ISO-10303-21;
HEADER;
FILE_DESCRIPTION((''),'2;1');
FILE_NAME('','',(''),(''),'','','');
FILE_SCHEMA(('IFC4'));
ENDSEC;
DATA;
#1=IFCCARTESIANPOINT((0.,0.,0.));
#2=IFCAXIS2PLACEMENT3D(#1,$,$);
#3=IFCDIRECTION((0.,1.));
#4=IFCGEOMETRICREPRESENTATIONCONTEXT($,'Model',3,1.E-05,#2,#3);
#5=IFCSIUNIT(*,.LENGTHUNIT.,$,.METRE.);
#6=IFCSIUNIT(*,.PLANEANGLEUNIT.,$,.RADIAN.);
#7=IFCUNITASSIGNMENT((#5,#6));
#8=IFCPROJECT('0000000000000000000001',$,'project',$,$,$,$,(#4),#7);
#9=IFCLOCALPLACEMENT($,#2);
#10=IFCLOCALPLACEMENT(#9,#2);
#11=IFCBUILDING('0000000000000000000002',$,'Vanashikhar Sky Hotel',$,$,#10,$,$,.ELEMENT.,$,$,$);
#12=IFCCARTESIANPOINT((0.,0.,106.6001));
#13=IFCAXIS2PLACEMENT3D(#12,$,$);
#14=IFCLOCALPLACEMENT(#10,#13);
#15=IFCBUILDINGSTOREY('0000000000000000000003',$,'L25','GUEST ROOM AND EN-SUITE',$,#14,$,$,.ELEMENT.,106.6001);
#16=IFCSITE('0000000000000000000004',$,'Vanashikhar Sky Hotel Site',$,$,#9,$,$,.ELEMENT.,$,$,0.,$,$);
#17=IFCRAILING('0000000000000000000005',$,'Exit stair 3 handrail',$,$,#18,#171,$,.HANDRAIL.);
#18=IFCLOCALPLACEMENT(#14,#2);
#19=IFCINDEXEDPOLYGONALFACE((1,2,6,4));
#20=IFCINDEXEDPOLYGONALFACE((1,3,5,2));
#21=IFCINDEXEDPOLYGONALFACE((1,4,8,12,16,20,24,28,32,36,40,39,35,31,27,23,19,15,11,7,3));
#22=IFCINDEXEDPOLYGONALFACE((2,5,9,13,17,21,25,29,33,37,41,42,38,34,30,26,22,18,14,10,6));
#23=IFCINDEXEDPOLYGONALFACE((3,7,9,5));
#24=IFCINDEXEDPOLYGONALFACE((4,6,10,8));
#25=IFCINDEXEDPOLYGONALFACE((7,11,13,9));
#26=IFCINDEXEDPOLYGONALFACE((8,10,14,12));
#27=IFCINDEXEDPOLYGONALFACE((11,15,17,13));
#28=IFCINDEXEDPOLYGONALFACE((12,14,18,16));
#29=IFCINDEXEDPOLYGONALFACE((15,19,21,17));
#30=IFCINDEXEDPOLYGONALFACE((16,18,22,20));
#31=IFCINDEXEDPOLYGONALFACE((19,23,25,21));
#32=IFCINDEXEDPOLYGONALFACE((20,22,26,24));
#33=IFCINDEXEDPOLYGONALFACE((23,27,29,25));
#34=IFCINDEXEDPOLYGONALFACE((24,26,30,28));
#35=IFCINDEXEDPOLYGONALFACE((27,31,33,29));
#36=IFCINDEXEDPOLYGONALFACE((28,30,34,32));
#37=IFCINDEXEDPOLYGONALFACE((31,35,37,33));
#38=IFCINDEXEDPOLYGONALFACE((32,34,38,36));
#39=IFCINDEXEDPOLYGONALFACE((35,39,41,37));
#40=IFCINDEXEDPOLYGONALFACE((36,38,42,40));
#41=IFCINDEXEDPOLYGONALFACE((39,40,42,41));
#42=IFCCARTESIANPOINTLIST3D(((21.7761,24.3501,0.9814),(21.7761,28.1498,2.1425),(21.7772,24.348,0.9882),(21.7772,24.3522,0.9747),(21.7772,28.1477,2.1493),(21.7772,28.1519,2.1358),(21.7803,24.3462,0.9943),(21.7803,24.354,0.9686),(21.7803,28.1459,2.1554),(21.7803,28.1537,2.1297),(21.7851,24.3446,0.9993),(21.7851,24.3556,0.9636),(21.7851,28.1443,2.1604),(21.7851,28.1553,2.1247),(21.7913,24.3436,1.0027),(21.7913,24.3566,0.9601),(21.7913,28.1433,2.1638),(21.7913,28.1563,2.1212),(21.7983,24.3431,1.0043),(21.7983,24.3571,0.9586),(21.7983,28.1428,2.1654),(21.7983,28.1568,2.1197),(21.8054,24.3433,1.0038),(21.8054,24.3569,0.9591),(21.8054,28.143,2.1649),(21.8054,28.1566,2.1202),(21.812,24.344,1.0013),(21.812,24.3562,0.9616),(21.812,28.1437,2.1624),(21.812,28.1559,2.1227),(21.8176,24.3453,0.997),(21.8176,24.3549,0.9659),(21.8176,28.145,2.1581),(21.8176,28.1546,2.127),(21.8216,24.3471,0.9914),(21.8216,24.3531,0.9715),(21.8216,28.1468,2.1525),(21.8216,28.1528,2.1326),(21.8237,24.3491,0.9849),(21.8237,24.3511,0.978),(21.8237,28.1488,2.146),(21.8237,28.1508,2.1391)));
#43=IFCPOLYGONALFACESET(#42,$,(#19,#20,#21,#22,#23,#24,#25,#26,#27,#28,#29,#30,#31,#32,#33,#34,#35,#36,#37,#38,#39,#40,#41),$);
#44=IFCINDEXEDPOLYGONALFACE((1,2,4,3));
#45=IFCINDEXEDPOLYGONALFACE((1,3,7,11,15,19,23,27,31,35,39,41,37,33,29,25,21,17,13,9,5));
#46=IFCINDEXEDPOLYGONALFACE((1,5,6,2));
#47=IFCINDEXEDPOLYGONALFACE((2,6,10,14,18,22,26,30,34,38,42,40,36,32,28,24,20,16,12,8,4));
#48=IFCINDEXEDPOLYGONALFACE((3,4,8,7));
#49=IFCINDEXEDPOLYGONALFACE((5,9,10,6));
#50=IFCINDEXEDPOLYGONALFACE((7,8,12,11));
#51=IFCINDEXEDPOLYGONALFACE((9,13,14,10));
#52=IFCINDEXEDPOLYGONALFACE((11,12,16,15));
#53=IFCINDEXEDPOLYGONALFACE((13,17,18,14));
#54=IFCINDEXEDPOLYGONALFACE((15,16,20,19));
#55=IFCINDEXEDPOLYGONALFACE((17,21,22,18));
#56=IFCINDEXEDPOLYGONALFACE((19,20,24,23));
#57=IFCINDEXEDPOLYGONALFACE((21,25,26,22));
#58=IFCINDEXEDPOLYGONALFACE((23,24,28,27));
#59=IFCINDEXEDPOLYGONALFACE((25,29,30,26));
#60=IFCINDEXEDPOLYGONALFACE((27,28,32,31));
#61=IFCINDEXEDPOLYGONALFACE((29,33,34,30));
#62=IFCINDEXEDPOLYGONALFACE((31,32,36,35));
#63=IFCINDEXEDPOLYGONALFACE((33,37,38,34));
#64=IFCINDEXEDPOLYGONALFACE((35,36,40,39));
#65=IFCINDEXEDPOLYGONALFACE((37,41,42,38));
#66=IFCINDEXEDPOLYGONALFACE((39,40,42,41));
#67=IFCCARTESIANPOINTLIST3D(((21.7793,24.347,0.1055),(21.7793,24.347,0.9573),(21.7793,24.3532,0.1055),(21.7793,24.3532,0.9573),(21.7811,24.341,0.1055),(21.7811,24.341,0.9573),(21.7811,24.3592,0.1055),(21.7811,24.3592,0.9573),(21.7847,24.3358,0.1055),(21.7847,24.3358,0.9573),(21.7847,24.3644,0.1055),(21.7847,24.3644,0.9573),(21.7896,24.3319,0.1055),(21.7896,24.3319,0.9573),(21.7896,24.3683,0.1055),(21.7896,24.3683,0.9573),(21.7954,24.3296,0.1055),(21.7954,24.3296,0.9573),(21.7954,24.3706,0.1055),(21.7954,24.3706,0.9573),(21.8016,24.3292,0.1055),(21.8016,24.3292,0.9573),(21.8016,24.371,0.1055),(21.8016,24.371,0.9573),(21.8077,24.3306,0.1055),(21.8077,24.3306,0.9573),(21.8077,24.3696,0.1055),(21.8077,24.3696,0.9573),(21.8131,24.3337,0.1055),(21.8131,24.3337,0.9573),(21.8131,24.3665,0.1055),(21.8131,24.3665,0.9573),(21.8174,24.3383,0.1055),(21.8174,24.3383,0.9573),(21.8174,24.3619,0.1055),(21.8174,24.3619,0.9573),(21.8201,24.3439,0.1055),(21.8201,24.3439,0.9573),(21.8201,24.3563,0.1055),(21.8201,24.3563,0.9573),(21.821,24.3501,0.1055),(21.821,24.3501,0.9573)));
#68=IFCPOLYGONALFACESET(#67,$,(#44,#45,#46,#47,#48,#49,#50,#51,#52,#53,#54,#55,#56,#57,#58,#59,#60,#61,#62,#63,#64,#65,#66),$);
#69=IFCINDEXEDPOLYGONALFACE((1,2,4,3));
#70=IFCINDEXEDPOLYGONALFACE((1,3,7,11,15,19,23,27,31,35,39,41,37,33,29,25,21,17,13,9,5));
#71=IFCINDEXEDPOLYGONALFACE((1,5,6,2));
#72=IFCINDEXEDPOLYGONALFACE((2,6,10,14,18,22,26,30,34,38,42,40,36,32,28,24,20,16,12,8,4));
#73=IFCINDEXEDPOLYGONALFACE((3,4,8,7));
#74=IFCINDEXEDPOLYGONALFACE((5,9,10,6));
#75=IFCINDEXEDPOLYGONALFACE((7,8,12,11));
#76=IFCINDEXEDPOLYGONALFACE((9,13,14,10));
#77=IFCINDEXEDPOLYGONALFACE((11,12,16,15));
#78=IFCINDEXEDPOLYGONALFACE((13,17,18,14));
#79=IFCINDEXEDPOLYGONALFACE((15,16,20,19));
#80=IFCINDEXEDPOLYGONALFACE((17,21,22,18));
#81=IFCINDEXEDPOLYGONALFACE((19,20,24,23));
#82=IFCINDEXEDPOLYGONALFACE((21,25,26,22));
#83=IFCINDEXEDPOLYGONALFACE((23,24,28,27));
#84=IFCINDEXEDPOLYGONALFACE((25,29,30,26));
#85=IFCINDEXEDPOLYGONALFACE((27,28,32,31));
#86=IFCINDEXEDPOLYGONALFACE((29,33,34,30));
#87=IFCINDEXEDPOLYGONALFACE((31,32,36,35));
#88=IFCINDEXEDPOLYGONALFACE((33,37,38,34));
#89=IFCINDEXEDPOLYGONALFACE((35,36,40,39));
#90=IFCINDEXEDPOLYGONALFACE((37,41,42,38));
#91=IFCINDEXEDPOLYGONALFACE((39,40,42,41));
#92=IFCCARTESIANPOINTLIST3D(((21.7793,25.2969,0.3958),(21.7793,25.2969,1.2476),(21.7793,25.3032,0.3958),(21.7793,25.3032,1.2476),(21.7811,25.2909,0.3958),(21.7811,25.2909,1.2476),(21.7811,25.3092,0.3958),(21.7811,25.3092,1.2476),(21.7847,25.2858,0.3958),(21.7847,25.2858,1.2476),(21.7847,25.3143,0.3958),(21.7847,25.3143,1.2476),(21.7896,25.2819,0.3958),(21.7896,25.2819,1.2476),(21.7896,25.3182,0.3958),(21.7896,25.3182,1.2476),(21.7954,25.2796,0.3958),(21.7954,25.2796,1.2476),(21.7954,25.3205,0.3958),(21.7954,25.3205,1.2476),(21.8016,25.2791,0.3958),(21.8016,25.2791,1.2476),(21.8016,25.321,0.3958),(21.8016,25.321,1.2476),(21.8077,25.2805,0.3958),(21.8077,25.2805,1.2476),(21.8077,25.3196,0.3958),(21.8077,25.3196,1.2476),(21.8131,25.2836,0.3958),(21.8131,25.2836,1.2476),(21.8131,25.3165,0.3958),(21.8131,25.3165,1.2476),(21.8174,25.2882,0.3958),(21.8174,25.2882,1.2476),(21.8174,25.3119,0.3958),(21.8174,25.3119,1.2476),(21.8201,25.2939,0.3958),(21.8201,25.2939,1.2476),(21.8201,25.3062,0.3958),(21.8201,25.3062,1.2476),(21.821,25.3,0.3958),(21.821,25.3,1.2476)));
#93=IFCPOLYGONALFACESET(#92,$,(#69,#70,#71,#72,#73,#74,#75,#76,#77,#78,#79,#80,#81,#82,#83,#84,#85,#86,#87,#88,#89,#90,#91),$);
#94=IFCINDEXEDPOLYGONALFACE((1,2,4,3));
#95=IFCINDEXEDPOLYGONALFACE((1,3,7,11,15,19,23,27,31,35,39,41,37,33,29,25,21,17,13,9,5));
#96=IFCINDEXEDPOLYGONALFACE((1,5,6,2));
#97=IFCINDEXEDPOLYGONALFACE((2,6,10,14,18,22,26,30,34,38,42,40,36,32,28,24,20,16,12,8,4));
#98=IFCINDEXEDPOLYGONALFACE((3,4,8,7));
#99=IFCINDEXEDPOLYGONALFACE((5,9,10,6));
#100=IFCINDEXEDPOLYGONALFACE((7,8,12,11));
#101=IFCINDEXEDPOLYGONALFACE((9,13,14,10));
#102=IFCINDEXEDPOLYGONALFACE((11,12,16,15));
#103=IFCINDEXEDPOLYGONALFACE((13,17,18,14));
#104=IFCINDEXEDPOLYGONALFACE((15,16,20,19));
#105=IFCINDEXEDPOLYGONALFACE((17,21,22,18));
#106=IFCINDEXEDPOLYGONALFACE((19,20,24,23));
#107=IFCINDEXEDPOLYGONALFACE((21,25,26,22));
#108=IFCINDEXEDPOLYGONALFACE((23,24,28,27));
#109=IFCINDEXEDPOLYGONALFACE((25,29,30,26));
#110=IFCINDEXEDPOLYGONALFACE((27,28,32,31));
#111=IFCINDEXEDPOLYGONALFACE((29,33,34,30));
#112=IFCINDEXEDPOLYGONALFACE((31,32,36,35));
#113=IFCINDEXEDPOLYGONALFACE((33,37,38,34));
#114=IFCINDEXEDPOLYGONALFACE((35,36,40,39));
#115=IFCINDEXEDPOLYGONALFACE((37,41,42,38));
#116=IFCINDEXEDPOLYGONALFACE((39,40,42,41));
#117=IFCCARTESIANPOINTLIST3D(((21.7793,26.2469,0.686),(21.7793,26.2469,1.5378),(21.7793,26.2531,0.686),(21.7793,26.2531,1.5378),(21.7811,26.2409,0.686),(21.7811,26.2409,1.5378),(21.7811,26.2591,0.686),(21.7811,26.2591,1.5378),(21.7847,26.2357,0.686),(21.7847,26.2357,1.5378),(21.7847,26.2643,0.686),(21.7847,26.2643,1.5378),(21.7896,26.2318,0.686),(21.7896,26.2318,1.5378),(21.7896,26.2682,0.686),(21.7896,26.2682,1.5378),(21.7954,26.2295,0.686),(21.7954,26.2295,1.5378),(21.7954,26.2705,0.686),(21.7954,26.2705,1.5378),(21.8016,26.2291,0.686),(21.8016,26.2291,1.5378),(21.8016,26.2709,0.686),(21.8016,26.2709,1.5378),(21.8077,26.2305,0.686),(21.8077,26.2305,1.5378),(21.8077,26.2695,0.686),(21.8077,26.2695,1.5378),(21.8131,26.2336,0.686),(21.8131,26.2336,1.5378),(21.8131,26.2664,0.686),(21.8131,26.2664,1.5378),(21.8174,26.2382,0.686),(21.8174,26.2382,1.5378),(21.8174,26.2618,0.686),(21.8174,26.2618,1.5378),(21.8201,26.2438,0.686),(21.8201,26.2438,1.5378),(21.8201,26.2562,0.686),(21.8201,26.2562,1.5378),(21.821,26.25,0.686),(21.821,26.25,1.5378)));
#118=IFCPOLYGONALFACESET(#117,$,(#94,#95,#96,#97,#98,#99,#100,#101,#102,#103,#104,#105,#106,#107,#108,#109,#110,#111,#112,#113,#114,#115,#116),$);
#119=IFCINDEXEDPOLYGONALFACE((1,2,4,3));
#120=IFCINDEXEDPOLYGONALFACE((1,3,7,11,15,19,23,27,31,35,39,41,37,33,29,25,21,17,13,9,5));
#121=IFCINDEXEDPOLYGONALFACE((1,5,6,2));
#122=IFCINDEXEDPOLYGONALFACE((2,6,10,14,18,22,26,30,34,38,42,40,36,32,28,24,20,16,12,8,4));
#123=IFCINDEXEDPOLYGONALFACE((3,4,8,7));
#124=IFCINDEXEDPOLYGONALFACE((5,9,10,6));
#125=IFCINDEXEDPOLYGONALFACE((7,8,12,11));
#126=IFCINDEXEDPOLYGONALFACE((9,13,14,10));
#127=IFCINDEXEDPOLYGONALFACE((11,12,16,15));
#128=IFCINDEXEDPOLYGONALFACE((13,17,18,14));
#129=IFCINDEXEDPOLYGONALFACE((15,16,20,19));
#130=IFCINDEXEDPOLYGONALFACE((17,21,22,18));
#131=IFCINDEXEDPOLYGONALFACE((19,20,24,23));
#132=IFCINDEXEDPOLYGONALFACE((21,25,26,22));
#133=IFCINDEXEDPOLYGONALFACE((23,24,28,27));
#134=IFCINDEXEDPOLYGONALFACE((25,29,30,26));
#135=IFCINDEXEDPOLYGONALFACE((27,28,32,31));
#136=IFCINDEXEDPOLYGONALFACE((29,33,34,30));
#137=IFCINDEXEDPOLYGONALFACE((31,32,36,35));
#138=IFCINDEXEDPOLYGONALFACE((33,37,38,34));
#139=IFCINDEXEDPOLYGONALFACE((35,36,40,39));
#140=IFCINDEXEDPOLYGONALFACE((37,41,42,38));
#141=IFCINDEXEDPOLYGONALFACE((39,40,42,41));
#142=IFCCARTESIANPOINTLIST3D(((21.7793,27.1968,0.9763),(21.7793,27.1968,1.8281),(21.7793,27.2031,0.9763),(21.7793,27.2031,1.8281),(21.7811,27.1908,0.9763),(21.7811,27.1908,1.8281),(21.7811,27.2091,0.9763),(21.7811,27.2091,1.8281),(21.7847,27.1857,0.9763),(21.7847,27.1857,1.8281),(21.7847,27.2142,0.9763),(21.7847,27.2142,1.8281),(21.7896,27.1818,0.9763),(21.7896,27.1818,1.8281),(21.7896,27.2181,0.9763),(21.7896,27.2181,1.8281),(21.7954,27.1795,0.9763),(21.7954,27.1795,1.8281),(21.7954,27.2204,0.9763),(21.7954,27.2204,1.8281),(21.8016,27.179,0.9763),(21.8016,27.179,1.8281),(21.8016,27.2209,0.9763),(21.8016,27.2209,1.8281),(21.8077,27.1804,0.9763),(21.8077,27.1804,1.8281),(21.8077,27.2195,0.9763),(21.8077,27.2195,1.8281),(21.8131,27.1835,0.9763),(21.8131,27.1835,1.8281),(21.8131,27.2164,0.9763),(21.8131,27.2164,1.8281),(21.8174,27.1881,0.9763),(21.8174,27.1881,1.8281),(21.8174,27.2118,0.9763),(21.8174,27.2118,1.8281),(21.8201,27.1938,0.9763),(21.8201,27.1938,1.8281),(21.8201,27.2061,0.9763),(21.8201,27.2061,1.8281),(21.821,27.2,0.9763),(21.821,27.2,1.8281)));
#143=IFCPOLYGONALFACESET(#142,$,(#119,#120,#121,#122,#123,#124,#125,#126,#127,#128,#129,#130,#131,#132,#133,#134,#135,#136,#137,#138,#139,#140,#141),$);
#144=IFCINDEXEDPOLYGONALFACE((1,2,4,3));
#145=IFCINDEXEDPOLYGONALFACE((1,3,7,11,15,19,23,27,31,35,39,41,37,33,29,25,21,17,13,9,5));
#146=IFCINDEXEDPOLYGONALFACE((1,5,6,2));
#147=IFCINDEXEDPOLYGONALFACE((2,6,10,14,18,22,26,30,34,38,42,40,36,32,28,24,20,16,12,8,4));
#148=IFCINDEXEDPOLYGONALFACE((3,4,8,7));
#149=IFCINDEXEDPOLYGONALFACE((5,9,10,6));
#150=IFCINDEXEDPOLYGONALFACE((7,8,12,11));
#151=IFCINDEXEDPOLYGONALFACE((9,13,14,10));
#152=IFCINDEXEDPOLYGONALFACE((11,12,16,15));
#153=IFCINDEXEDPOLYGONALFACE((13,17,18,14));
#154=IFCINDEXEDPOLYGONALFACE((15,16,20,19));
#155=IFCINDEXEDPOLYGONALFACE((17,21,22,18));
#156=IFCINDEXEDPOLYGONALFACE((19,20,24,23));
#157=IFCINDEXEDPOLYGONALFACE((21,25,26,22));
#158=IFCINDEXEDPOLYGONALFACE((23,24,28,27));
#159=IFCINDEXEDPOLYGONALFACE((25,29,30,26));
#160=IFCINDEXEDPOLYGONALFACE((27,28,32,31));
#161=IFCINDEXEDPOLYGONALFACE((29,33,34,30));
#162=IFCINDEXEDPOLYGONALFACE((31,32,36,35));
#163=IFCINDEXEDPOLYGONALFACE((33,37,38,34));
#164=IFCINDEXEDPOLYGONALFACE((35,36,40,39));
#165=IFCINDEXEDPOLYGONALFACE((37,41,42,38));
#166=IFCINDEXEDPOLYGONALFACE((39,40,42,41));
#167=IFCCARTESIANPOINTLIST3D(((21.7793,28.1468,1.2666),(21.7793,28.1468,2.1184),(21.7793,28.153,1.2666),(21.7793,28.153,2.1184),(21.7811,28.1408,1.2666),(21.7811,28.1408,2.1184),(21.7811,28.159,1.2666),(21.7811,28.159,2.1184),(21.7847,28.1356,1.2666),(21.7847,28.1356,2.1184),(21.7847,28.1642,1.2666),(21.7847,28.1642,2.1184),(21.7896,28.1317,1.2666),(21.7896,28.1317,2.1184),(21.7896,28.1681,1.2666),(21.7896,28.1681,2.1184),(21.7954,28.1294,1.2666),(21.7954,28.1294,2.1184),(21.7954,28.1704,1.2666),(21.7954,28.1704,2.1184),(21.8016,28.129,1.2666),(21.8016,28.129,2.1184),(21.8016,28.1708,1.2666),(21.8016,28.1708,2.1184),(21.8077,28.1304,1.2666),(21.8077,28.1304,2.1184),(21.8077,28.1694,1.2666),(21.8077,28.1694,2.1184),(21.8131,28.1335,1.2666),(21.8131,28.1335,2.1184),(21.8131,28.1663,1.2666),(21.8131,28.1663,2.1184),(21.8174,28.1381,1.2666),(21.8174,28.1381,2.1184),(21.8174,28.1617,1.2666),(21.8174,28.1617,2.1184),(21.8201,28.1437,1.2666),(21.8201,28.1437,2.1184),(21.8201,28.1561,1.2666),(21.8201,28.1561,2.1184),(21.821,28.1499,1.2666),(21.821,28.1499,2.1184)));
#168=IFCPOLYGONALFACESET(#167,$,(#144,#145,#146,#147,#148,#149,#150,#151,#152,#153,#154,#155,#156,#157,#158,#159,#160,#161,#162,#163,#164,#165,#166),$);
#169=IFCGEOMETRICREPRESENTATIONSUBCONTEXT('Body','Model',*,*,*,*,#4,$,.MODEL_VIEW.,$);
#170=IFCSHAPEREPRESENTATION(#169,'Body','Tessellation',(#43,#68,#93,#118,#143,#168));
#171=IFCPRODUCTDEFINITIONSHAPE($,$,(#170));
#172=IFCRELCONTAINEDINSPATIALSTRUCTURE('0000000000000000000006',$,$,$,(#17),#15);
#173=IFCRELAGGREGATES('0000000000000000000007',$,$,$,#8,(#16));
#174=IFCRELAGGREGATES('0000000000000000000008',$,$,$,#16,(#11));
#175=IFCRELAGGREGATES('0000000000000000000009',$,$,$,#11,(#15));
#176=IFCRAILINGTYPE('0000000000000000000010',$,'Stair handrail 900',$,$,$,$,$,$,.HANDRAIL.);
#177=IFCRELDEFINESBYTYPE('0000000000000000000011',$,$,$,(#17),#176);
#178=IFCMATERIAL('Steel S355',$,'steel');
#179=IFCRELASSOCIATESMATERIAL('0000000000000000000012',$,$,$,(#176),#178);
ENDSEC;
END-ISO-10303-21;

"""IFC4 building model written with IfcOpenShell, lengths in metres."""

from ifc_helpers import new_model, si_unit, direction, frame, origin, origin_2d, place, context, subcontext, project, spatial, circle, extrude, source, transform, mapped, material, type_object, element, save


model = new_model("IFC4")

# Units and contexts
model_context = context("Model", 3, precision=1e-05, world=origin(), true_north=direction((0.0, 1.0)))
body_context = subcontext(model_context, "Body", "Model", "MODEL_VIEW")
ifc_project = project(units=[si_unit("LENGTHUNIT", "METRE"), si_unit("PLANEANGLEUNIT", "RADIAN")], contexts=[model_context])

# Site, building, storey
site_placement = place(None, origin())
site = spatial("IfcSite", under=ifc_project, at=site_placement, Name="Vanashikhar Sky Hotel Site", CompositionType="ELEMENT", RefElevation=0.0)
building_placement = place(site_placement, origin())
building = spatial("IfcBuilding", under=site, at=building_placement, Name="Vanashikhar Sky Hotel", CompositionType="ELEMENT")
storey_placement = place(building_placement, frame((0.0, 0.0, 106.6001)))
storey = spatial("IfcBuildingStorey", under=building, at=storey_placement, Name="L25", Description="GUEST ROOM AND EN-SUITE", CompositionType="ELEMENT", Elevation=106.6001)

# Railing
ifc_material_1 = material(Name="Steel S355", Category="steel")
railing_type_1 = type_object("IfcRailingType", Name="Stair handrail 900", PredefinedType="HANDRAIL", material=ifc_material_1)
shared_shape_1 = source(origin(), body_context, "Body", "SweptSolid", [
    extrude(circle(Radius=0.0239, at=origin_2d()), frame((0.0, 0.0, 0.876), z_axis=(0.0, 0.956346, 0.292237), x_axis=(-1.0, 0.0, 0.0)), (0.0, 0.0, 1.0), 3.9731),
    extrude(circle(Radius=0.021, at=origin_2d()), origin(), (0.0, 0.0, 1.0), 0.8518),
    extrude(circle(Radius=0.021, at=origin_2d()), frame((0.0, 0.95, 0.2903)), (0.0, 0.0, 1.0), 0.8518),
    extrude(circle(Radius=0.021, at=origin_2d()), frame((0.0, 1.8999, 0.5806)), (0.0, 0.0, 1.0), 0.8518),
    extrude(circle(Radius=0.021, at=origin_2d()), frame((0.0, 2.8499, 0.8708)), (0.0, 0.0, 1.0), 0.8518),
    extrude(circle(Radius=0.021, at=origin_2d()), frame((0.0, 3.7998, 1.1611)), (0.0, 0.0, 1.0), 0.8518),
])
railing_1_placement = place(storey_placement, frame((21.8, 24.3501, 0.1055)))
element("IfcRailing", 1, at=railing_1_placement, inside=storey, type_object=railing_type_1, Name="Exit stair 3 handrail", PredefinedType="HANDRAIL", context=body_context, shape_type="MappedRepresentation", body=[
    mapped(shared_shape_1, transform((0.0, 0.0, 0.0), scale=1.0)),
])

save(model, "model.ifc")
